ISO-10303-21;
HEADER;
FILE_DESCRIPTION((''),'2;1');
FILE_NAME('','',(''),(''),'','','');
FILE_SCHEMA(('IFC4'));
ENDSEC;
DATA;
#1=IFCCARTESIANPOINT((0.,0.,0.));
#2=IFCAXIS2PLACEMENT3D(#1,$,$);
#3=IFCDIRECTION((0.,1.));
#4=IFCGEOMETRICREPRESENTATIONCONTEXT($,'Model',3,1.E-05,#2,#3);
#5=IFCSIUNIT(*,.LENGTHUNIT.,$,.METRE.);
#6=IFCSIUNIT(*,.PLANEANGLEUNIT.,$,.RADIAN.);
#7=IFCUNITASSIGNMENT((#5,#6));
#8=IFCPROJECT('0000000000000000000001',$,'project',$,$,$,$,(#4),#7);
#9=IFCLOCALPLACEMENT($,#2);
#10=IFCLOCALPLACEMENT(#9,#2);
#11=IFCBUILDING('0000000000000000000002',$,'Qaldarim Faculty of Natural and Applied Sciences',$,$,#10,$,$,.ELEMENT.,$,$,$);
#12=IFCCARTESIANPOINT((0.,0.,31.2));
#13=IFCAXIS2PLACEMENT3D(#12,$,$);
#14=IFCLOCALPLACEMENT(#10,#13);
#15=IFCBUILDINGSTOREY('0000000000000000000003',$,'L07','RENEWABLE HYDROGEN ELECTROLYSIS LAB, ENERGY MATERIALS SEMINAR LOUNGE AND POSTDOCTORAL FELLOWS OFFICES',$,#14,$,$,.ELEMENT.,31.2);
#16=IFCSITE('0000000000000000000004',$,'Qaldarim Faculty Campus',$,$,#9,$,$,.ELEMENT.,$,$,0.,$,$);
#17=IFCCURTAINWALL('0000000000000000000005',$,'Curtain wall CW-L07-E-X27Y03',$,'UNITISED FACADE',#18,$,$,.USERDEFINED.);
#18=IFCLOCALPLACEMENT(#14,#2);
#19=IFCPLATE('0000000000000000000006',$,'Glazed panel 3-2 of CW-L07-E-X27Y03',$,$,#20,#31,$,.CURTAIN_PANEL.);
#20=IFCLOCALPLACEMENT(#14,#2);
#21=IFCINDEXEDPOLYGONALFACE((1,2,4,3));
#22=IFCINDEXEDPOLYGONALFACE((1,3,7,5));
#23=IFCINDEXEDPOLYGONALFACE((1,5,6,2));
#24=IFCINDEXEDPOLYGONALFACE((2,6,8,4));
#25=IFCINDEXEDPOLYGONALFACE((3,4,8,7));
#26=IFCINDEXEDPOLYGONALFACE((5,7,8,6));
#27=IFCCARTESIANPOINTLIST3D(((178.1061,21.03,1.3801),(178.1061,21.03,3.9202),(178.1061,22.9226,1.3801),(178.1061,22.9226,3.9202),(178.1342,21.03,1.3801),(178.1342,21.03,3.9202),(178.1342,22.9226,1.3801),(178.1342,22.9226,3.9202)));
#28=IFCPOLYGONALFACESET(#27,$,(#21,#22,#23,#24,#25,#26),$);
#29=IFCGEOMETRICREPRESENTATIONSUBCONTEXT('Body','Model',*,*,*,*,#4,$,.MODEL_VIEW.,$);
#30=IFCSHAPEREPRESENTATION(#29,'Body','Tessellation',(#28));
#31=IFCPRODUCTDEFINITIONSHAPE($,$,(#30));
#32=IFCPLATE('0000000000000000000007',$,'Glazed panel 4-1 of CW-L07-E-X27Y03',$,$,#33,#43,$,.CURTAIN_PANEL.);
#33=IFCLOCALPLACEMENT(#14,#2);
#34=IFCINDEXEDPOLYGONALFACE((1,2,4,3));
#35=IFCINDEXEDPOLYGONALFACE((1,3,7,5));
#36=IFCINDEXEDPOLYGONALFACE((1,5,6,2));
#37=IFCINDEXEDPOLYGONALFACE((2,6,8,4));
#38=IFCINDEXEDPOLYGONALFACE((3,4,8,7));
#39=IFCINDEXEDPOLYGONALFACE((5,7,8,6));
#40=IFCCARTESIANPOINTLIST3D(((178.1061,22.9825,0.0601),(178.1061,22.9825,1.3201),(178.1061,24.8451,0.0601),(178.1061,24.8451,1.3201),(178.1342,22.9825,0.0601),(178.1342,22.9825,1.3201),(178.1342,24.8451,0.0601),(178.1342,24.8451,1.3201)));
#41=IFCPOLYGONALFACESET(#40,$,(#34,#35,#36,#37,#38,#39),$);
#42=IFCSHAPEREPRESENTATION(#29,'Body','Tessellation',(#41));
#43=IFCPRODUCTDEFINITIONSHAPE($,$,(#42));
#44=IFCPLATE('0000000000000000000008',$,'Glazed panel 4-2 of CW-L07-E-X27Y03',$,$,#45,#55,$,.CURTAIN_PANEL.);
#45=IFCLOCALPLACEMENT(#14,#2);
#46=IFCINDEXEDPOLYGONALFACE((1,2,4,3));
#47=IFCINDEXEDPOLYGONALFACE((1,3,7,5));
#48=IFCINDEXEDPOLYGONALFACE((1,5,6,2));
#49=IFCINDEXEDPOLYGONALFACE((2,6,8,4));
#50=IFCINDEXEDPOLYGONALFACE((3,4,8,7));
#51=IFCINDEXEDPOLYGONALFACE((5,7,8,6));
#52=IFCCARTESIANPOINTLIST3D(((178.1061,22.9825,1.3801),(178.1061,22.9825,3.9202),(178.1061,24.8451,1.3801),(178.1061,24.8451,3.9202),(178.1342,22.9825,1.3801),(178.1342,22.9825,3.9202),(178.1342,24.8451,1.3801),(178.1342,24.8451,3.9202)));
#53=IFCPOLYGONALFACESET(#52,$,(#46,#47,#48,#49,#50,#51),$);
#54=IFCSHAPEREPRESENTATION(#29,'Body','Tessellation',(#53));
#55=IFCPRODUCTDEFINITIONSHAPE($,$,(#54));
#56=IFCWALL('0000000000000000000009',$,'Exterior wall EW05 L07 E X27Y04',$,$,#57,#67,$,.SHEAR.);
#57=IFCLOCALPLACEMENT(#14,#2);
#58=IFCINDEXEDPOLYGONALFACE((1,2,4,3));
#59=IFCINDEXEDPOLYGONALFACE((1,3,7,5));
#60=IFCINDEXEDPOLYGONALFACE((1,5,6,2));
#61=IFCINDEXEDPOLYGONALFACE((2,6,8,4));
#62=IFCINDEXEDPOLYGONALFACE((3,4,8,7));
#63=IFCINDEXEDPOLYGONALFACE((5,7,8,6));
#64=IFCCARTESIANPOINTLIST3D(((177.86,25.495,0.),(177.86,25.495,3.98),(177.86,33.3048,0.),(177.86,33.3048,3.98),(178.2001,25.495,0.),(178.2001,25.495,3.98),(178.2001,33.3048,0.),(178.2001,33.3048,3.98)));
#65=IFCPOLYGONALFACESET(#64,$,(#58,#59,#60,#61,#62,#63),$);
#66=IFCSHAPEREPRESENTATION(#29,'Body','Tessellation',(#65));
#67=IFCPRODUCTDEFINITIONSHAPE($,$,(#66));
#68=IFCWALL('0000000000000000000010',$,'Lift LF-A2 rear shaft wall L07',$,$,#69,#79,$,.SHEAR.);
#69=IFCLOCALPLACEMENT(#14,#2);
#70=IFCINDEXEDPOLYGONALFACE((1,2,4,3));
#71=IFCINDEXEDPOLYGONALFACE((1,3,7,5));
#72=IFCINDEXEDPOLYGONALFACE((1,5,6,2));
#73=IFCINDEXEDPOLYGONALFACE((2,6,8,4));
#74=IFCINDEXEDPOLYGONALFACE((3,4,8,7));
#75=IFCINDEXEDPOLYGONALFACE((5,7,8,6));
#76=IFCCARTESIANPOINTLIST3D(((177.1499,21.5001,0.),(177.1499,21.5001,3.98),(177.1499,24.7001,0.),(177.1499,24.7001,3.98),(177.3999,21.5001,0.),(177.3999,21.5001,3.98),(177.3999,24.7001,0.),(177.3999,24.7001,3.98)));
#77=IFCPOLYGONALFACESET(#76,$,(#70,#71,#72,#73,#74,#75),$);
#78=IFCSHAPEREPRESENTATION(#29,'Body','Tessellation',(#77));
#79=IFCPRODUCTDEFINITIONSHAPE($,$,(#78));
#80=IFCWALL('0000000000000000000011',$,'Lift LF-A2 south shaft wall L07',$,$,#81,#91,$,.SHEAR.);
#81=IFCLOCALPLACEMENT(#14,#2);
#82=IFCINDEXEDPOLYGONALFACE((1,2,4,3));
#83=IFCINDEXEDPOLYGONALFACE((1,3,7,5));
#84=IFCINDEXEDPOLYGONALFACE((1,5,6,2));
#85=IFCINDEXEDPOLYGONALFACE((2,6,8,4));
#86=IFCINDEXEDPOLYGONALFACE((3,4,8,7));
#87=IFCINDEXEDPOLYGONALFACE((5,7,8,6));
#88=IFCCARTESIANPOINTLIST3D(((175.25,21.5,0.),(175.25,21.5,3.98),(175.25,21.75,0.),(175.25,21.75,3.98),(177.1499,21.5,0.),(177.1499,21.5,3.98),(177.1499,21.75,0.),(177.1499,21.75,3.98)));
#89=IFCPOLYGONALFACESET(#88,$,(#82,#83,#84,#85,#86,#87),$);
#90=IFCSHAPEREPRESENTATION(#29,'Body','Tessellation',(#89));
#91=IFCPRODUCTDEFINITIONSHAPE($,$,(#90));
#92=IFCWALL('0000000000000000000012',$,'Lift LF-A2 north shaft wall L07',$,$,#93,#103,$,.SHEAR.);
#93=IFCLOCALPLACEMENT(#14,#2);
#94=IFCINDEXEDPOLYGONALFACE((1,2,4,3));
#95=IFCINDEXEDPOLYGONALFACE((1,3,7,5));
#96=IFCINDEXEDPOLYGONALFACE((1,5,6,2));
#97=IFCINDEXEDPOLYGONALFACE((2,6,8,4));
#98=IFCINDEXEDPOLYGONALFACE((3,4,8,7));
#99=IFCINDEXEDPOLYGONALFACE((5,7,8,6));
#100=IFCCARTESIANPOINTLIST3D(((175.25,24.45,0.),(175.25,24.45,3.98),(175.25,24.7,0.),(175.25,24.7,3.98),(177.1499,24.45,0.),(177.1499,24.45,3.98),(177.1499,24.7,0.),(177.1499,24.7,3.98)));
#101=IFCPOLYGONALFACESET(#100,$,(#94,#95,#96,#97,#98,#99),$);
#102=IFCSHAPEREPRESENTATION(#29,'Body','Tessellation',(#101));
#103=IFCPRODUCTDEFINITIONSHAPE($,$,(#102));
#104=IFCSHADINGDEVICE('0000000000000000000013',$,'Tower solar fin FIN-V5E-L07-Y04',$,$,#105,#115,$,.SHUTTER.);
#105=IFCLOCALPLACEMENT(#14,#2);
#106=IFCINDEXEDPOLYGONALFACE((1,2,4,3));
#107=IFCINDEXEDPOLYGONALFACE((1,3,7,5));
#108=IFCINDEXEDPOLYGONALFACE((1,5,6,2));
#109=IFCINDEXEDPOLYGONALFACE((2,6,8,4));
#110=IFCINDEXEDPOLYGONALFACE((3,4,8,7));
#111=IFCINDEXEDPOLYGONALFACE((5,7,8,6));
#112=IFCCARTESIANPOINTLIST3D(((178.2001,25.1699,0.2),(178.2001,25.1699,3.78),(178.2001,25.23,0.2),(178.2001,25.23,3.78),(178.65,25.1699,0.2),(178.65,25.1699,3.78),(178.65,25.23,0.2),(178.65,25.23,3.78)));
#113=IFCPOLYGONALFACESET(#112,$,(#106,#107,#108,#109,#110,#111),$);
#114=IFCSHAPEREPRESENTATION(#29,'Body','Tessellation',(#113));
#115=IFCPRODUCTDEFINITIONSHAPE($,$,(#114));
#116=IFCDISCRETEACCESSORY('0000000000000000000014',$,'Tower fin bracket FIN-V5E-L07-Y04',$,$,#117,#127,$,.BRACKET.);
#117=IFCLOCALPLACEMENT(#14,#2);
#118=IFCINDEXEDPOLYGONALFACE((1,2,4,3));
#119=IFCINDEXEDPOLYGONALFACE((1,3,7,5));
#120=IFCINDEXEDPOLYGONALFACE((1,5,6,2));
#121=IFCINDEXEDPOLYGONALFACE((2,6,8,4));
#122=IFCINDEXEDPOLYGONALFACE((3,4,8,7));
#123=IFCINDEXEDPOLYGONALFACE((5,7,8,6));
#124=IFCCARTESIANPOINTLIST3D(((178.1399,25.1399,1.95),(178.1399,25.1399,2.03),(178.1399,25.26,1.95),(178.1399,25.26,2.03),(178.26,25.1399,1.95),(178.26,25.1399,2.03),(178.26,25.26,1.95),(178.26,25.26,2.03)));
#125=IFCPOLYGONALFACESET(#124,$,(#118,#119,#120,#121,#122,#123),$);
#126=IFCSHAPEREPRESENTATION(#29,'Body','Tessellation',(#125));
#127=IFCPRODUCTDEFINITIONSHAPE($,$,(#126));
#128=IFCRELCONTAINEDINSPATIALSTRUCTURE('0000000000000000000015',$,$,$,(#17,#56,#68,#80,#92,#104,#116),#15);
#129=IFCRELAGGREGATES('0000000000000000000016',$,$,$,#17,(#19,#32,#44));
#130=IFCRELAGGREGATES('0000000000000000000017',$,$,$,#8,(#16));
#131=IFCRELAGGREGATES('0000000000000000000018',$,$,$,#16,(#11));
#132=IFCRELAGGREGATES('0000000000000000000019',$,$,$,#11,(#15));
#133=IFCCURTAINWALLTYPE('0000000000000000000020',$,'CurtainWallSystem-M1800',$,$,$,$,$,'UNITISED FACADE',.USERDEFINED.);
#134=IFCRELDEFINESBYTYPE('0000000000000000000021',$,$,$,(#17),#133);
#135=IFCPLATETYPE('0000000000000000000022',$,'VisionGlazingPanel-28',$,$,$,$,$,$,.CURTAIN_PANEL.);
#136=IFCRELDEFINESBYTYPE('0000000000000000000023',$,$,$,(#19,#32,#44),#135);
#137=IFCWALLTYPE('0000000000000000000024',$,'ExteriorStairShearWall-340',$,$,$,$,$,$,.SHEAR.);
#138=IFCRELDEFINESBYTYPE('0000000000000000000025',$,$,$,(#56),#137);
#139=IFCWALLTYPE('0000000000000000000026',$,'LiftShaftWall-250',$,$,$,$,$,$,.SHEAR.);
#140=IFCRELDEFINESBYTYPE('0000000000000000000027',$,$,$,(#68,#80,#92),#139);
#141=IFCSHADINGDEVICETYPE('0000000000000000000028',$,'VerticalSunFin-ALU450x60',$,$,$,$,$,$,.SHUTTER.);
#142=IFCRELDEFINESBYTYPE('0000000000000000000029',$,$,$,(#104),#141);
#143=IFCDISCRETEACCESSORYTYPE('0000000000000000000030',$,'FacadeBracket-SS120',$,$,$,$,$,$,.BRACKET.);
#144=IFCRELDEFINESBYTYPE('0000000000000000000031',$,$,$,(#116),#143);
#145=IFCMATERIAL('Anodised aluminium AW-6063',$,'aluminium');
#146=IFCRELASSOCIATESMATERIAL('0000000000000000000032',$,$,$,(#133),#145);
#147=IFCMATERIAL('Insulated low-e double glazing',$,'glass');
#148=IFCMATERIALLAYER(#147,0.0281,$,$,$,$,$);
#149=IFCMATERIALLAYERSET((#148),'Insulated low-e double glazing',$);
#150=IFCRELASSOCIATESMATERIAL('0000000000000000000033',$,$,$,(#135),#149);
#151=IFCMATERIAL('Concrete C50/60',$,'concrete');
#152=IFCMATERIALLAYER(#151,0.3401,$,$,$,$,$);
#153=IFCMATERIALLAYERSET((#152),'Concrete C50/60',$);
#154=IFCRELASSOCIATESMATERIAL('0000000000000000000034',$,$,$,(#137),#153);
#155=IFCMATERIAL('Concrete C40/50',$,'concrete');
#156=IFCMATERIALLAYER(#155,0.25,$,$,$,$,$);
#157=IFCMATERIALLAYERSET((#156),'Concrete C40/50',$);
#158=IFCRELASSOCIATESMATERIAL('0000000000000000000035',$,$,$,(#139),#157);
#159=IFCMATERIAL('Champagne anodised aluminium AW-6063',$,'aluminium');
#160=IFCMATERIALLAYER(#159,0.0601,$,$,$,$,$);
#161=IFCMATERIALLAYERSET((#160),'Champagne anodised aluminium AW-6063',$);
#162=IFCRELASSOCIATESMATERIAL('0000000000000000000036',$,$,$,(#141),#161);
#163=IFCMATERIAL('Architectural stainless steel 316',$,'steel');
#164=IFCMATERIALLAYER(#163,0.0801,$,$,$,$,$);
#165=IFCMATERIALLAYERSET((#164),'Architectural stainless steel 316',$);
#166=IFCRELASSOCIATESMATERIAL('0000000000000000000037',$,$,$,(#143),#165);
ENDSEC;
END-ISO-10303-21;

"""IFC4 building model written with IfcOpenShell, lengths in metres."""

from ifc_helpers import new_model, si_unit, direction, frame, frame_2d, origin, origin_2d, place, context, subcontext, project, spatial, rectangle, extrude, material, layer, layer_set, type_object, element, aggregate, save


model = new_model("IFC4")

# Units and contexts
model_context = context("Model", 3, precision=1e-05, world=origin(), true_north=direction((0.0, 1.0)))
body_context = subcontext(model_context, "Body", "Model", "MODEL_VIEW")
ifc_project = project(units=[si_unit("LENGTHUNIT", "METRE"), si_unit("PLANEANGLEUNIT", "RADIAN")], contexts=[model_context])

# Site, building, storey
site_placement = place(None, origin())
site = spatial("IfcSite", under=ifc_project, at=site_placement, Name="Qaldarim Faculty Campus", CompositionType="ELEMENT", RefElevation=0.0)
building_placement = place(site_placement, origin())
building = spatial("IfcBuilding", under=site, at=building_placement, Name="Qaldarim Faculty of Natural and Applied Sciences", CompositionType="ELEMENT")
storey_placement = place(building_placement, frame((0.0, 0.0, 31.2)))
storey = spatial("IfcBuildingStorey", under=building, at=storey_placement, Name="L07", Description="RENEWABLE HYDROGEN ELECTROLYSIS LAB, ENERGY MATERIALS SEMINAR LOUNGE AND POSTDOCTORAL FELLOWS OFFICES", CompositionType="ELEMENT", Elevation=31.2)

# Shared definitions
ifc_material_1 = material(Name="Concrete C50/60", Category="concrete")

# Curtain wall
ifc_material_2 = material(Name="Anodised aluminium AW-6063", Category="aluminium")
curtain_wall_type = type_object("IfcCurtainWallType", Name="CurtainWallSystem-M1800", ElementType="UNITISED FACADE", PredefinedType="USERDEFINED", material=ifc_material_2)
curtain_wall_placement = place(storey_placement, origin())
curtain_wall = element("IfcCurtainWall", 1, at=curtain_wall_placement, inside=storey, type_object=curtain_wall_type, Name="Curtain wall CW-L07-E-X27Y03", ObjectType="UNITISED FACADE", PredefinedType="USERDEFINED")

# Shared definitions
ifc_material_3 = material(Name="Concrete C40/50", Category="concrete")

# Plates
ifc_material_4 = material(Name="Insulated low-e double glazing", Category="glass")
ifc_layer_1 = layer(ifc_material_4, 0.0281)
ifc_layer_set_1 = layer_set([ifc_layer_1], Name="Insulated low-e double glazing")
plate_type_1 = type_object("IfcPlateType", Name="VisionGlazingPanel-28", PredefinedType="CURTAIN_PANEL", material=ifc_layer_set_1)
plate_1_placement = place(storey_placement, frame((178.1201, 21.9763, 1.3801), z_axis=(0.0, 0.0, 1.0), x_axis=(0.0, 1.0, 0.0)))
plate_1 = element("IfcPlate", 2, at=plate_1_placement, type_object=plate_type_1, Name="Glazed panel 3-2 of CW-L07-E-X27Y03", PredefinedType="CURTAIN_PANEL", context=body_context, shape_type="SweptSolid", body=[
    extrude(rectangle(XDim=1.8926, YDim=0.0281, at=origin_2d()), origin(), (0.0, 0.0, 1.0), 2.54),
])
plate_2_placement = place(storey_placement, frame((178.1201, 23.9138, 0.0601), z_axis=(0.0, 0.0, 1.0), x_axis=(0.0, 1.0, 0.0)))
plate_2 = element("IfcPlate", 3, at=plate_2_placement, type_object=plate_type_1, Name="Glazed panel 4-1 of CW-L07-E-X27Y03", PredefinedType="CURTAIN_PANEL", context=body_context, shape_type="SweptSolid", body=[
    extrude(rectangle(XDim=1.8625, YDim=0.0281, at=origin_2d()), origin(), (0.0, 0.0, 1.0), 1.26),
])
plate_3_placement = place(storey_placement, frame((178.1201, 23.9138, 1.3801), z_axis=(0.0, 0.0, 1.0), x_axis=(0.0, 1.0, 0.0)))
plate_3 = element("IfcPlate", 4, at=plate_3_placement, type_object=plate_type_1, Name="Glazed panel 4-2 of CW-L07-E-X27Y03", PredefinedType="CURTAIN_PANEL", context=body_context, shape_type="SweptSolid", body=[
    extrude(rectangle(XDim=1.8625, YDim=0.0281, at=origin_2d()), origin(), (0.0, 0.0, 1.0), 2.54),
])
aggregate(curtain_wall, [plate_1, plate_2, plate_3])

# Wall
ifc_layer_2 = layer(ifc_material_1, 0.3401)
ifc_layer_set_2 = layer_set([ifc_layer_2], Name="Concrete C50/60")
wall_type_1 = type_object("IfcWallType", Name="ExteriorStairShearWall-340", PredefinedType="SHEAR", material=ifc_layer_set_2)
wall_1_placement = place(storey_placement, frame((178.03, 25.4951, 0.0), z_axis=(0.0, 0.0, 1.0), x_axis=(0.0, 1.0, 0.0)))
element("IfcWall", 5, at=wall_1_placement, inside=storey, type_object=wall_type_1, Name="Exterior wall EW05 L07 E X27Y04", PredefinedType="SHEAR", context=body_context, shape_type="SweptSolid", body=[
    extrude(rectangle(XDim=7.8098, YDim=0.3401, at=frame_2d((3.9048, 0.0))), origin(), (0.0, 0.0, 1.0), 3.98),
])

# Shared definitions
ifc_material_5 = material(Name="Architectural stainless steel 316", Category="steel")
ifc_layer_3 = layer(ifc_material_3, 0.25)
ifc_layer_set_3 = layer_set([ifc_layer_3], Name="Concrete C40/50")
wall_type_2 = type_object("IfcWallType", Name="LiftShaftWall-250", PredefinedType="SHEAR", material=ifc_layer_set_3)

# Walls
wall_2_placement = place(storey_placement, frame((177.2749, 21.5, 0.0), z_axis=(0.0, 0.0, 1.0), x_axis=(0.0, 1.0, 0.0)))
element("IfcWall", 6, at=wall_2_placement, inside=storey, type_object=wall_type_2, Name="Lift LF-A2 rear shaft wall L07", PredefinedType="SHEAR", context=body_context, shape_type="SweptSolid", body=[
    extrude(rectangle(XDim=3.2, YDim=0.25, at=frame_2d((1.6001, 0.0))), origin(), (0.0, 0.0, 1.0), 3.98),
])
for number, where, z_axis, x_axis, name in (
    (7, (175.25, 21.625, 0.0), (0.0, 0.0, 1.0), (1.0, 0.0, 0.0), "Lift LF-A2 south shaft wall L07"),
    (8, (175.25, 24.575, 0.0), (0.0, 0.0, 1.0), (1.0, 0.0, 0.0), "Lift LF-A2 north shaft wall L07"),
):
    element("IfcWall", number, at=place(storey_placement, frame(where, z_axis=z_axis, x_axis=x_axis)), inside=storey, type_object=wall_type_2, Name=name, PredefinedType="SHEAR", context=body_context, shape_type="SweptSolid", body=[
        extrude(rectangle(XDim=1.8999, YDim=0.25, at=frame_2d((0.95, 0.0))), origin(), (0.0, 0.0, 1.0), 3.98),
    ])

# Shading device
ifc_material_6 = material(Name="Champagne anodised aluminium AW-6063", Category="aluminium")
ifc_layer_4 = layer(ifc_material_6, 0.0601)
ifc_layer_set_4 = layer_set([ifc_layer_4], Name="Champagne anodised aluminium AW-6063")
shading_device_type = type_object("IfcShadingDeviceType", Name="VerticalSunFin-ALU450x60", PredefinedType="SHUTTER", material=ifc_layer_set_4)
shading_device_placement = place(storey_placement, frame((178.425, 25.2, 0.2), z_axis=(0.0, 0.0, 1.0), x_axis=(1.0, 0.0, 0.0)))
element("IfcShadingDevice", 9, at=shading_device_placement, inside=storey, type_object=shading_device_type, Name="Tower solar fin FIN-V5E-L07-Y04", PredefinedType="SHUTTER", context=body_context, shape_type="SweptSolid", body=[
    extrude(rectangle(XDim=0.45, YDim=0.0601, at=origin_2d()), origin(), (0.0, 0.0, 1.0), 3.5801),
])

# Discrete accessory
ifc_layer_5 = layer(ifc_material_5, 0.0801)
ifc_layer_set_5 = layer_set([ifc_layer_5], Name="Architectural stainless steel 316")
discrete_accessory_type = type_object("IfcDiscreteAccessoryType", Name="FacadeBracket-SS120", PredefinedType="BRACKET", material=ifc_layer_set_5)
discrete_accessory_placement = place(storey_placement, frame((178.2, 25.2, 1.95), z_axis=(0.0, 0.0, 1.0), x_axis=(1.0, 0.0, 0.0)))
element("IfcDiscreteAccessory", 10, at=discrete_accessory_placement, inside=storey, type_object=discrete_accessory_type, Name="Tower fin bracket FIN-V5E-L07-Y04", PredefinedType="BRACKET", context=body_context, shape_type="SweptSolid", body=[
    extrude(rectangle(XDim=0.1201, YDim=0.1201, at=origin_2d()), origin(), (0.0, 0.0, 1.0), 0.0801),
])

save(model, "model.ifc")
